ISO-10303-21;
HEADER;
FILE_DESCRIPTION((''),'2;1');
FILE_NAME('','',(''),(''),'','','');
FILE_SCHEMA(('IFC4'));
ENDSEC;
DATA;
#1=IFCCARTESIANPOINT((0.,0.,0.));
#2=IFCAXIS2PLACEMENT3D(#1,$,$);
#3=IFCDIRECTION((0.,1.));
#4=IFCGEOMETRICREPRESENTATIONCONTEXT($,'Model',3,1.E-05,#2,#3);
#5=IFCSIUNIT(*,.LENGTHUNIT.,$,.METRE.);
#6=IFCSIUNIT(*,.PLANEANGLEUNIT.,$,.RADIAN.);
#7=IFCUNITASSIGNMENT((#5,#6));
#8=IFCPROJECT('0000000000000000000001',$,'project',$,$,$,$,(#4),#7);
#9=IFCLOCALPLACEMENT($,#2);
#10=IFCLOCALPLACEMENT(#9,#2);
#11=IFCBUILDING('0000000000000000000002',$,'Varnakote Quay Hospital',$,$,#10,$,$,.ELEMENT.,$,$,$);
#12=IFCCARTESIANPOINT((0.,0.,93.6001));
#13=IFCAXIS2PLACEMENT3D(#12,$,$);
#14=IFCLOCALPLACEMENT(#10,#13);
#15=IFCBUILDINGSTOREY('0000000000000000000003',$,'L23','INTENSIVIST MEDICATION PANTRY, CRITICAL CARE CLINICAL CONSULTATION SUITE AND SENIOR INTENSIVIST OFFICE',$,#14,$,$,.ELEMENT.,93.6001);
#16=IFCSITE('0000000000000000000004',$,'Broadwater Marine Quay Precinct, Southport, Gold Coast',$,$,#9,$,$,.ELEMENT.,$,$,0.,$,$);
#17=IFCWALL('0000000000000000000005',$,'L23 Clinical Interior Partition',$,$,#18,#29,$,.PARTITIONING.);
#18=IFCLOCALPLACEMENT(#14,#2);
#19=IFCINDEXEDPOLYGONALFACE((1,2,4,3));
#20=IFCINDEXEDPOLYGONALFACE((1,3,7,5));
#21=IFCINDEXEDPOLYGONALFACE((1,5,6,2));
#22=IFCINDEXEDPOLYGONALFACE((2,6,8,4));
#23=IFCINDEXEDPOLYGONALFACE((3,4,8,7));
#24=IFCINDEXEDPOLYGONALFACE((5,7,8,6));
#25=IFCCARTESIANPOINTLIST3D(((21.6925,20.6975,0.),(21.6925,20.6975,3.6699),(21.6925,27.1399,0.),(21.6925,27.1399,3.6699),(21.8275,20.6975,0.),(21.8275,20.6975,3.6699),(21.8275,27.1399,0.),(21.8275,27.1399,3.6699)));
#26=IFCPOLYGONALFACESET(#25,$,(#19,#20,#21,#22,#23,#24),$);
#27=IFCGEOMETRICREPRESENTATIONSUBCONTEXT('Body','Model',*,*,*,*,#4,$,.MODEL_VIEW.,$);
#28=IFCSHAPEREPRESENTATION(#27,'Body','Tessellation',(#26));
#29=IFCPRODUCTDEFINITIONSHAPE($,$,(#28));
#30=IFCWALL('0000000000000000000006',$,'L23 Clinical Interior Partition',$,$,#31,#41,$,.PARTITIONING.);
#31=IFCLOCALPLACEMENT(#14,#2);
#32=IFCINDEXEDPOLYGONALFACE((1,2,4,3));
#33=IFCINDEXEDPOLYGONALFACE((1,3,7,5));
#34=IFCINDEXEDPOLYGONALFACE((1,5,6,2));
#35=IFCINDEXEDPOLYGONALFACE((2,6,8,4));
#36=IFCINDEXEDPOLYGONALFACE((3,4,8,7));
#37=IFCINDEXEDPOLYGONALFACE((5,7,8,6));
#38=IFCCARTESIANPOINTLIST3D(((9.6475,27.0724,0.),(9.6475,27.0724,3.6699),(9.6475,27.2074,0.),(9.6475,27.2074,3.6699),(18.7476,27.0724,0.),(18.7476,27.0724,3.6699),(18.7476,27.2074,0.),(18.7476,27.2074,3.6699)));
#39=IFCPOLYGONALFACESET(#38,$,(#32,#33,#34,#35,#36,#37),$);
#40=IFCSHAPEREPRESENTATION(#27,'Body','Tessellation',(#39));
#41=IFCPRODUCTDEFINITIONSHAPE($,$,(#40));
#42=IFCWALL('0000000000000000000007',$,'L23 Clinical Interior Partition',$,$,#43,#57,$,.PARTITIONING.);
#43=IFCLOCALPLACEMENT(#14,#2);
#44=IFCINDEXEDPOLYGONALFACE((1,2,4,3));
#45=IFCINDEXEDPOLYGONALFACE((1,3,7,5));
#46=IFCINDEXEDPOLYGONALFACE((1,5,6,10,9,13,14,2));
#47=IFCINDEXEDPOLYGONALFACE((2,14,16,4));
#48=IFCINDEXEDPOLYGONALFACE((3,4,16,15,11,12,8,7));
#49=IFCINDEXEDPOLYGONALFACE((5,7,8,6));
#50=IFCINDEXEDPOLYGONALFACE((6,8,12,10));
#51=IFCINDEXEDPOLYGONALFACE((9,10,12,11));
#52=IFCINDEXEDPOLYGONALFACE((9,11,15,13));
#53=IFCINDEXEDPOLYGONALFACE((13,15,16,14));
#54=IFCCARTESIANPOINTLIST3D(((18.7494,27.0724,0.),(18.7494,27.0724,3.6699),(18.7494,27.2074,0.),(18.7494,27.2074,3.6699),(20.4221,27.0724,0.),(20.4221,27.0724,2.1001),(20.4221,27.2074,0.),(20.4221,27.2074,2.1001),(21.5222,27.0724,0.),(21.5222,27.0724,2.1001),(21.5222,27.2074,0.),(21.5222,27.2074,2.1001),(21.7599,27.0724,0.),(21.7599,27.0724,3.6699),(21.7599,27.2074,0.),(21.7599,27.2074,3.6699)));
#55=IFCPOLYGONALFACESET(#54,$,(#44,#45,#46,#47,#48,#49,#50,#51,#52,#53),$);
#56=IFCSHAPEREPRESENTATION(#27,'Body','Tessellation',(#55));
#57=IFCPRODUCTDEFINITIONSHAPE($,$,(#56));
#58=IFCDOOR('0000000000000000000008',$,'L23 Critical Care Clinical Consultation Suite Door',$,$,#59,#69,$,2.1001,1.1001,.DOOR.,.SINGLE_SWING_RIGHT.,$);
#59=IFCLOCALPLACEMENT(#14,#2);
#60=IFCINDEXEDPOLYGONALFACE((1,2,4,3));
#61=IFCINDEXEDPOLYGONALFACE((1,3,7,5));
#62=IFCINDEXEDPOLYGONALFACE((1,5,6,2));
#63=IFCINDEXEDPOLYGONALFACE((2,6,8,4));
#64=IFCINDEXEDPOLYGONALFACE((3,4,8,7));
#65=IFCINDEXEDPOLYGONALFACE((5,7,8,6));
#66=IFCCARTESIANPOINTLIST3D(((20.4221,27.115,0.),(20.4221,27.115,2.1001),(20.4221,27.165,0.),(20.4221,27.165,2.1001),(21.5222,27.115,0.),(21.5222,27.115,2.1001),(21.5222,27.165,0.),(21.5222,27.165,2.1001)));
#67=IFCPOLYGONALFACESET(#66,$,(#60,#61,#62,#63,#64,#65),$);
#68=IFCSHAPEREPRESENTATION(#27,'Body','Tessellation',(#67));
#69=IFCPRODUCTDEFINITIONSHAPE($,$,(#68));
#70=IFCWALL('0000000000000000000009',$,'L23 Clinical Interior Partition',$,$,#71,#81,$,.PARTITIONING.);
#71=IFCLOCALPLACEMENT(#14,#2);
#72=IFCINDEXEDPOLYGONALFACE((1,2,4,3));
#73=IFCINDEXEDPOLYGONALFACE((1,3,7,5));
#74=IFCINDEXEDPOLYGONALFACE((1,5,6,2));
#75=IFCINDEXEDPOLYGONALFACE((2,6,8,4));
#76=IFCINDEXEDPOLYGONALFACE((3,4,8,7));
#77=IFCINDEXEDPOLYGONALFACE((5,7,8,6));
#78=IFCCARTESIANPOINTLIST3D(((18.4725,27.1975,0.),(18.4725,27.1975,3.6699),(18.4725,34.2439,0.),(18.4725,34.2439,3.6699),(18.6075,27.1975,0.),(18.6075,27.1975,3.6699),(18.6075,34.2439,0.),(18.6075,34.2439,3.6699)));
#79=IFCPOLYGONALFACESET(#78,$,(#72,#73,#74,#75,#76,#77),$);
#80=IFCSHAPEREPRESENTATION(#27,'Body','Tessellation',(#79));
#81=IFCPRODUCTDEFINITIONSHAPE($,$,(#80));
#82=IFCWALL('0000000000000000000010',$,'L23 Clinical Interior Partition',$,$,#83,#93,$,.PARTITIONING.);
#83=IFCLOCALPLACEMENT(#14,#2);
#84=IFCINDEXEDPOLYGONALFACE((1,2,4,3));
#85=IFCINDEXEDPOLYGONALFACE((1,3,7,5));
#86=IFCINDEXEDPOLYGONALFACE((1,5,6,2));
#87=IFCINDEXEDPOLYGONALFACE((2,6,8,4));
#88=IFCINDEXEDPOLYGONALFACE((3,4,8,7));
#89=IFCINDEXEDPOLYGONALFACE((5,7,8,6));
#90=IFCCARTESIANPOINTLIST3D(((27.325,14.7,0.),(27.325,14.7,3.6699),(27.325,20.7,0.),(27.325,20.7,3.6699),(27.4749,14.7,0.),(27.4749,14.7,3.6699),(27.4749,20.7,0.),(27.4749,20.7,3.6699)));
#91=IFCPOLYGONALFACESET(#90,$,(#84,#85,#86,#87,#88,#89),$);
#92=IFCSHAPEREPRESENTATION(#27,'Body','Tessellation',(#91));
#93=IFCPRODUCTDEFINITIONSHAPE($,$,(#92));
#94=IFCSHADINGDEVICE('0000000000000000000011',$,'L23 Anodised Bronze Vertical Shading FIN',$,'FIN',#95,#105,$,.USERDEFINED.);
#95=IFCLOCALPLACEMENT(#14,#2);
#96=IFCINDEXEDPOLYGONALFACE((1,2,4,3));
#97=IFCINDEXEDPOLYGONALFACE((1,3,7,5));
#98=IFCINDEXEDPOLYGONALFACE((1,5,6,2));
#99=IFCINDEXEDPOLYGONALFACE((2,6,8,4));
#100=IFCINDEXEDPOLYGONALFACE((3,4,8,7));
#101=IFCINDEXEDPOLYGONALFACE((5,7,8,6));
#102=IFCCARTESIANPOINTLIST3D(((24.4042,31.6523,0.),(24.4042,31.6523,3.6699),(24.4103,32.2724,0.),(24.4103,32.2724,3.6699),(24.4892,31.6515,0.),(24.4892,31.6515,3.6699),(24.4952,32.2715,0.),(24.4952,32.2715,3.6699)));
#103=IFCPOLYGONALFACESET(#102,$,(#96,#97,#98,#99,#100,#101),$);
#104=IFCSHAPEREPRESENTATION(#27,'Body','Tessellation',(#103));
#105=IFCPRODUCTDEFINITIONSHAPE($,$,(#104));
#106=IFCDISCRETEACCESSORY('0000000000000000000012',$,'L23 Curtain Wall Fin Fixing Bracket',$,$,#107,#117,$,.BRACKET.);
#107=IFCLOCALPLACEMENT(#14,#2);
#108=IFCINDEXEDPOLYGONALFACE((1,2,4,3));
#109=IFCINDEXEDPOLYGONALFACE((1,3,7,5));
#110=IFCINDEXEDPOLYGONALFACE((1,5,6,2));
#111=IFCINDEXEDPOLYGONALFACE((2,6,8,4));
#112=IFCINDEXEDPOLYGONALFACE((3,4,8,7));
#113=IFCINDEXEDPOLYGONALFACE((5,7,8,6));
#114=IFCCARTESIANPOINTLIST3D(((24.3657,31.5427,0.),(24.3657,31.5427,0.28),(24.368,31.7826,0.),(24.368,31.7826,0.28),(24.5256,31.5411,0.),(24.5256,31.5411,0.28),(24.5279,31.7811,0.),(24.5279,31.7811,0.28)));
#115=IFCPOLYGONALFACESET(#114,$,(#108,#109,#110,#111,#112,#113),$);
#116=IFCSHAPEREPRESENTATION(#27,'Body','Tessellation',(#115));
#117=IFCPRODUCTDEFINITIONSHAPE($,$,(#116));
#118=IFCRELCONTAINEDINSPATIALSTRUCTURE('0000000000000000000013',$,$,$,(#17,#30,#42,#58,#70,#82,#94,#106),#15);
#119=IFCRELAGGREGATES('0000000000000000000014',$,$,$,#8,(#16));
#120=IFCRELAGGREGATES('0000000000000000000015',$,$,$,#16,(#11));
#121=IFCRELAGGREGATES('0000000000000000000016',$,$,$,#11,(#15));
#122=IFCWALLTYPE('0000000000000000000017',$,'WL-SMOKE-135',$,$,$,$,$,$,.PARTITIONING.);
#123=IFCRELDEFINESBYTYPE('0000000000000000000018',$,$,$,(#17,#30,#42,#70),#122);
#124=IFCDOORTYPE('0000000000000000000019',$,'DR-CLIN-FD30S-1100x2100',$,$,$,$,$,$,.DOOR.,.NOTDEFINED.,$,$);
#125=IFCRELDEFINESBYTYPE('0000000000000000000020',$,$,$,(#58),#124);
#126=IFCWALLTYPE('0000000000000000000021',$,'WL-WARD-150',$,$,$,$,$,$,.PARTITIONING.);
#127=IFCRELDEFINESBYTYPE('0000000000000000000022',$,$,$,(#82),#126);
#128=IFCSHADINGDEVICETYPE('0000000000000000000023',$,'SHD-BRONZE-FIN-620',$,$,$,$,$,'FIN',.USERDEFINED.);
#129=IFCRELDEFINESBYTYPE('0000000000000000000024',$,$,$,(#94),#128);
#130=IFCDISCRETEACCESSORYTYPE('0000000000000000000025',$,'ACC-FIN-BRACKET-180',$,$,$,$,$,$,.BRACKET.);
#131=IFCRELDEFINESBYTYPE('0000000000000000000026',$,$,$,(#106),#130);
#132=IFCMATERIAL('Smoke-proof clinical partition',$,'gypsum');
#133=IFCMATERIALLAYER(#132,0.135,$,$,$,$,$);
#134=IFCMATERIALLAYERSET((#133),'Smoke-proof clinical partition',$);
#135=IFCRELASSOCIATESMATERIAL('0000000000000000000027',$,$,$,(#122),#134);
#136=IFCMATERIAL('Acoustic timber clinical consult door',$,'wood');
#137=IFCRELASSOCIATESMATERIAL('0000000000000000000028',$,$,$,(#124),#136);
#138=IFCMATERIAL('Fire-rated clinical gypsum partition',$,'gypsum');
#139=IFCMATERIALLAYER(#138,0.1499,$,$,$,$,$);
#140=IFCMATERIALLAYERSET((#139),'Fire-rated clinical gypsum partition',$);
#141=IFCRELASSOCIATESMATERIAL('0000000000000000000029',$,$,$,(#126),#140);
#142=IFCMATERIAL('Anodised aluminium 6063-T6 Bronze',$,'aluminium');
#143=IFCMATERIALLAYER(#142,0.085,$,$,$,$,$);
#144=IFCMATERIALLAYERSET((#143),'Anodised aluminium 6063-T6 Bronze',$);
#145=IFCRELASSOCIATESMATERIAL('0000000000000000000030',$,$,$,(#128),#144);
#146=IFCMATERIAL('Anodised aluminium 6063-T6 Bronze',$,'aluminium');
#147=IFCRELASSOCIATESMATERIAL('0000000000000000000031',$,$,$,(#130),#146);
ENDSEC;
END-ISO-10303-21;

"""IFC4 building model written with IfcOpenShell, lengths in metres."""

from ifc_helpers import new_model, si_unit, direction, frame, frame_2d, origin, origin_2d, place, context, subcontext, project, spatial, rectangle, extrude, material, layer, layer_set, type_object, element, fill, save


model = new_model("IFC4")

# Units and contexts
model_context = context("Model", 3, precision=1e-05, world=origin(), true_north=direction((0.0, 1.0)))
body_context = subcontext(model_context, "Body", "Model", "MODEL_VIEW")
ifc_project = project(units=[si_unit("LENGTHUNIT", "METRE"), si_unit("PLANEANGLEUNIT", "RADIAN")], contexts=[model_context])

# Site, building, storey
site_placement = place(None, origin())
site = spatial("IfcSite", under=ifc_project, at=site_placement, Name="Broadwater Marine Quay Precinct, Southport, Gold Coast", CompositionType="ELEMENT", RefElevation=0.0)
building_placement = place(site_placement, origin())
building = spatial("IfcBuilding", under=site, at=building_placement, Name="Varnakote Quay Hospital", CompositionType="ELEMENT")
storey_placement = place(building_placement, frame((0.0, 0.0, 93.6001)))
storey = spatial("IfcBuildingStorey", under=building, at=storey_placement, Name="L23", Description="INTENSIVIST MEDICATION PANTRY, CRITICAL CARE CLINICAL CONSULTATION SUITE AND SENIOR INTENSIVIST OFFICE", CompositionType="ELEMENT", Elevation=93.6001)

# Shared definitions
ifc_material_1 = material(Name="Smoke-proof clinical partition", Category="gypsum")
ifc_layer_1 = layer(ifc_material_1, 0.135)
ifc_layer_set_1 = layer_set([ifc_layer_1], Name="Smoke-proof clinical partition")
wall_type_1 = type_object("IfcWallType", Name="WL-SMOKE-135", PredefinedType="PARTITIONING", material=ifc_layer_set_1)
ifc_material_2 = material(Name="Acoustic timber clinical consult door", Category="wood")
door_type = type_object("IfcDoorType", Name="DR-CLIN-FD30S-1100x2100", OperationType="NOTDEFINED", PredefinedType="DOOR", material=ifc_material_2)

# Walls
wall_1_placement = place(storey_placement, frame((21.76, 20.6975, 0.0), z_axis=(0.0, 0.0, 1.0), x_axis=(0.0, 1.0, 0.0)))
element("IfcWall", 1, at=wall_1_placement, inside=storey, type_object=wall_type_1, Name="L23 Clinical Interior Partition", PredefinedType="PARTITIONING", context=body_context, shape_type="SweptSolid", body=[
    extrude(rectangle(XDim=6.4424, YDim=0.135, at=frame_2d((3.2212, 0.0))), origin(), (0.0, 0.0, 1.0), 3.6699),
])
wall_2_placement = place(storey_placement, frame((18.7476, 27.1399, 0.0), z_axis=(0.0, 0.0, 1.0), x_axis=(-1.0, 0.0, 0.0)))
element("IfcWall", 2, at=wall_2_placement, inside=storey, type_object=wall_type_1, Name="L23 Clinical Interior Partition", PredefinedType="PARTITIONING", context=body_context, shape_type="SweptSolid", body=[
    extrude(rectangle(XDim=9.1001, YDim=0.135, at=frame_2d((4.55, 0.0))), origin(), (0.0, 0.0, 1.0), 3.6699),
])

# Wall, opening, door
wall_3_placement = place(storey_placement, frame((21.76, 27.1399, 0.0), z_axis=(0.0, 0.0, 1.0), x_axis=(-1.0, 0.0, 0.0)))
wall_3 = element("IfcWall", 3, at=wall_3_placement, inside=storey, type_object=wall_type_1, Name="L23 Clinical Interior Partition", PredefinedType="PARTITIONING", context=body_context, shape_type="SweptSolid", body=[
    extrude(rectangle(XDim=3.0105, YDim=0.135, at=frame_2d((1.5054, 0.0))), origin(), (0.0, 0.0, 1.0), 3.6699),
])
opening_1_placement = place(wall_3_placement, frame((0.2378, 0.0, 0.0)))
opening_1 = element("IfcOpeningElement", 4, at=opening_1_placement, cuts=wall_3, PredefinedType="OPENING", context=body_context, shape_type="SweptSolid", body=[
    extrude(rectangle(XDim=1.1001, YDim=2.1001, at=frame_2d((0.55, 1.05))), frame((0.0, 0.0774, 0.0), z_axis=(0.0, -1.0, 0.0), x_axis=(1.0, 0.0, 0.0)), (0.0, 0.0, 1.0), 0.155),
])
door_1_placement = place(opening_1_placement, origin())
door_1 = element("IfcDoor", 5, at=door_1_placement, inside=storey, type_object=door_type, Name="L23 Critical Care Clinical Consultation Suite Door", OperationType="SINGLE_SWING_RIGHT", OverallHeight=2.1001, OverallWidth=1.1001, PredefinedType="DOOR", context=body_context, shape_type="SweptSolid", body=[
    extrude(rectangle(XDim=1.1001, YDim=2.1001, at=frame_2d((0.55, 1.05))), frame((0.0, 0.0249, 0.0), z_axis=(0.0, -1.0, 0.0), x_axis=(1.0, 0.0, 0.0)), (0.0, 0.0, 1.0), 0.05),
])
fill(opening_1, door_1)

# Walls
wall_4_placement = place(storey_placement, frame((18.54, 27.1975, 0.0), z_axis=(0.0, 0.0, 1.0), x_axis=(0.0, 1.0, 0.0)))
element("IfcWall", 6, at=wall_4_placement, inside=storey, type_object=wall_type_1, Name="L23 Clinical Interior Partition", PredefinedType="PARTITIONING", context=body_context, shape_type="SweptSolid", body=[
    extrude(rectangle(XDim=7.0464, YDim=0.135, at=frame_2d((3.5232, 0.0))), origin(), (0.0, 0.0, 1.0), 3.6699),
])
ifc_material_3 = material(Name="Fire-rated clinical gypsum partition", Category="gypsum")
ifc_layer_2 = layer(ifc_material_3, 0.1499)
ifc_layer_set_2 = layer_set([ifc_layer_2], Name="Fire-rated clinical gypsum partition")
wall_type_2 = type_object("IfcWallType", Name="WL-WARD-150", PredefinedType="PARTITIONING", material=ifc_layer_set_2)
wall_5_placement = place(storey_placement, frame((27.3999, 20.7, 0.0), z_axis=(0.0, 0.0, 1.0), x_axis=(0.0, -1.0, 0.0)))
element("IfcWall", 7, at=wall_5_placement, inside=storey, type_object=wall_type_2, Name="L23 Clinical Interior Partition", PredefinedType="PARTITIONING", context=body_context, shape_type="SweptSolid", body=[
    extrude(rectangle(XDim=6.0, YDim=0.1499, at=frame_2d((3.0, 0.0))), origin(), (0.0, 0.0, 1.0), 3.6699),
])

# Shading device
ifc_material_4 = material(Name="Anodised aluminium 6063-T6 Bronze", Category="aluminium")
ifc_layer_3 = layer(ifc_material_4, 0.085)
ifc_layer_set_3 = layer_set([ifc_layer_3], Name="Anodised aluminium 6063-T6 Bronze")
shading_device_type = type_object("IfcShadingDeviceType", Name="SHD-BRONZE-FIN-620", ElementType="FIN", PredefinedType="USERDEFINED", material=ifc_layer_set_3)
shading_device_placement = place(storey_placement, frame((24.4497, 31.9619, 0.0), z_axis=(0.0, 0.0, 1.0), x_axis=(-0.009774, -0.999952, 0.0)))
element("IfcShadingDevice", 8, at=shading_device_placement, inside=storey, type_object=shading_device_type, Name="L23 Anodised Bronze Vertical Shading FIN", ObjectType="FIN", PredefinedType="USERDEFINED", context=body_context, shape_type="SweptSolid", body=[
    extrude(rectangle(XDim=0.6201, YDim=0.085, at=origin_2d()), origin(), (0.0, 0.0, 1.0), 3.6699),
])

# Discrete accessory
ifc_material_5 = material(Name="Anodised aluminium 6063-T6 Bronze", Category="aluminium")
discrete_accessory_type = type_object("IfcDiscreteAccessoryType", Name="ACC-FIN-BRACKET-180", PredefinedType="BRACKET", material=ifc_material_5)
discrete_accessory_placement = place(storey_placement, frame((24.4468, 31.6619, 0.0), z_axis=(0.0, 0.0, 1.0), x_axis=(-0.999952, 0.009774, 0.0)))
element("IfcDiscreteAccessory", 9, at=discrete_accessory_placement, inside=storey, type_object=discrete_accessory_type, Name="L23 Curtain Wall Fin Fixing Bracket", PredefinedType="BRACKET", context=body_context, shape_type="SweptSolid", body=[
    extrude(rectangle(XDim=0.1599, YDim=0.24, at=origin_2d()), origin(), (0.0, 0.0, 1.0), 0.28),
])

save(model, "model.ifc")
